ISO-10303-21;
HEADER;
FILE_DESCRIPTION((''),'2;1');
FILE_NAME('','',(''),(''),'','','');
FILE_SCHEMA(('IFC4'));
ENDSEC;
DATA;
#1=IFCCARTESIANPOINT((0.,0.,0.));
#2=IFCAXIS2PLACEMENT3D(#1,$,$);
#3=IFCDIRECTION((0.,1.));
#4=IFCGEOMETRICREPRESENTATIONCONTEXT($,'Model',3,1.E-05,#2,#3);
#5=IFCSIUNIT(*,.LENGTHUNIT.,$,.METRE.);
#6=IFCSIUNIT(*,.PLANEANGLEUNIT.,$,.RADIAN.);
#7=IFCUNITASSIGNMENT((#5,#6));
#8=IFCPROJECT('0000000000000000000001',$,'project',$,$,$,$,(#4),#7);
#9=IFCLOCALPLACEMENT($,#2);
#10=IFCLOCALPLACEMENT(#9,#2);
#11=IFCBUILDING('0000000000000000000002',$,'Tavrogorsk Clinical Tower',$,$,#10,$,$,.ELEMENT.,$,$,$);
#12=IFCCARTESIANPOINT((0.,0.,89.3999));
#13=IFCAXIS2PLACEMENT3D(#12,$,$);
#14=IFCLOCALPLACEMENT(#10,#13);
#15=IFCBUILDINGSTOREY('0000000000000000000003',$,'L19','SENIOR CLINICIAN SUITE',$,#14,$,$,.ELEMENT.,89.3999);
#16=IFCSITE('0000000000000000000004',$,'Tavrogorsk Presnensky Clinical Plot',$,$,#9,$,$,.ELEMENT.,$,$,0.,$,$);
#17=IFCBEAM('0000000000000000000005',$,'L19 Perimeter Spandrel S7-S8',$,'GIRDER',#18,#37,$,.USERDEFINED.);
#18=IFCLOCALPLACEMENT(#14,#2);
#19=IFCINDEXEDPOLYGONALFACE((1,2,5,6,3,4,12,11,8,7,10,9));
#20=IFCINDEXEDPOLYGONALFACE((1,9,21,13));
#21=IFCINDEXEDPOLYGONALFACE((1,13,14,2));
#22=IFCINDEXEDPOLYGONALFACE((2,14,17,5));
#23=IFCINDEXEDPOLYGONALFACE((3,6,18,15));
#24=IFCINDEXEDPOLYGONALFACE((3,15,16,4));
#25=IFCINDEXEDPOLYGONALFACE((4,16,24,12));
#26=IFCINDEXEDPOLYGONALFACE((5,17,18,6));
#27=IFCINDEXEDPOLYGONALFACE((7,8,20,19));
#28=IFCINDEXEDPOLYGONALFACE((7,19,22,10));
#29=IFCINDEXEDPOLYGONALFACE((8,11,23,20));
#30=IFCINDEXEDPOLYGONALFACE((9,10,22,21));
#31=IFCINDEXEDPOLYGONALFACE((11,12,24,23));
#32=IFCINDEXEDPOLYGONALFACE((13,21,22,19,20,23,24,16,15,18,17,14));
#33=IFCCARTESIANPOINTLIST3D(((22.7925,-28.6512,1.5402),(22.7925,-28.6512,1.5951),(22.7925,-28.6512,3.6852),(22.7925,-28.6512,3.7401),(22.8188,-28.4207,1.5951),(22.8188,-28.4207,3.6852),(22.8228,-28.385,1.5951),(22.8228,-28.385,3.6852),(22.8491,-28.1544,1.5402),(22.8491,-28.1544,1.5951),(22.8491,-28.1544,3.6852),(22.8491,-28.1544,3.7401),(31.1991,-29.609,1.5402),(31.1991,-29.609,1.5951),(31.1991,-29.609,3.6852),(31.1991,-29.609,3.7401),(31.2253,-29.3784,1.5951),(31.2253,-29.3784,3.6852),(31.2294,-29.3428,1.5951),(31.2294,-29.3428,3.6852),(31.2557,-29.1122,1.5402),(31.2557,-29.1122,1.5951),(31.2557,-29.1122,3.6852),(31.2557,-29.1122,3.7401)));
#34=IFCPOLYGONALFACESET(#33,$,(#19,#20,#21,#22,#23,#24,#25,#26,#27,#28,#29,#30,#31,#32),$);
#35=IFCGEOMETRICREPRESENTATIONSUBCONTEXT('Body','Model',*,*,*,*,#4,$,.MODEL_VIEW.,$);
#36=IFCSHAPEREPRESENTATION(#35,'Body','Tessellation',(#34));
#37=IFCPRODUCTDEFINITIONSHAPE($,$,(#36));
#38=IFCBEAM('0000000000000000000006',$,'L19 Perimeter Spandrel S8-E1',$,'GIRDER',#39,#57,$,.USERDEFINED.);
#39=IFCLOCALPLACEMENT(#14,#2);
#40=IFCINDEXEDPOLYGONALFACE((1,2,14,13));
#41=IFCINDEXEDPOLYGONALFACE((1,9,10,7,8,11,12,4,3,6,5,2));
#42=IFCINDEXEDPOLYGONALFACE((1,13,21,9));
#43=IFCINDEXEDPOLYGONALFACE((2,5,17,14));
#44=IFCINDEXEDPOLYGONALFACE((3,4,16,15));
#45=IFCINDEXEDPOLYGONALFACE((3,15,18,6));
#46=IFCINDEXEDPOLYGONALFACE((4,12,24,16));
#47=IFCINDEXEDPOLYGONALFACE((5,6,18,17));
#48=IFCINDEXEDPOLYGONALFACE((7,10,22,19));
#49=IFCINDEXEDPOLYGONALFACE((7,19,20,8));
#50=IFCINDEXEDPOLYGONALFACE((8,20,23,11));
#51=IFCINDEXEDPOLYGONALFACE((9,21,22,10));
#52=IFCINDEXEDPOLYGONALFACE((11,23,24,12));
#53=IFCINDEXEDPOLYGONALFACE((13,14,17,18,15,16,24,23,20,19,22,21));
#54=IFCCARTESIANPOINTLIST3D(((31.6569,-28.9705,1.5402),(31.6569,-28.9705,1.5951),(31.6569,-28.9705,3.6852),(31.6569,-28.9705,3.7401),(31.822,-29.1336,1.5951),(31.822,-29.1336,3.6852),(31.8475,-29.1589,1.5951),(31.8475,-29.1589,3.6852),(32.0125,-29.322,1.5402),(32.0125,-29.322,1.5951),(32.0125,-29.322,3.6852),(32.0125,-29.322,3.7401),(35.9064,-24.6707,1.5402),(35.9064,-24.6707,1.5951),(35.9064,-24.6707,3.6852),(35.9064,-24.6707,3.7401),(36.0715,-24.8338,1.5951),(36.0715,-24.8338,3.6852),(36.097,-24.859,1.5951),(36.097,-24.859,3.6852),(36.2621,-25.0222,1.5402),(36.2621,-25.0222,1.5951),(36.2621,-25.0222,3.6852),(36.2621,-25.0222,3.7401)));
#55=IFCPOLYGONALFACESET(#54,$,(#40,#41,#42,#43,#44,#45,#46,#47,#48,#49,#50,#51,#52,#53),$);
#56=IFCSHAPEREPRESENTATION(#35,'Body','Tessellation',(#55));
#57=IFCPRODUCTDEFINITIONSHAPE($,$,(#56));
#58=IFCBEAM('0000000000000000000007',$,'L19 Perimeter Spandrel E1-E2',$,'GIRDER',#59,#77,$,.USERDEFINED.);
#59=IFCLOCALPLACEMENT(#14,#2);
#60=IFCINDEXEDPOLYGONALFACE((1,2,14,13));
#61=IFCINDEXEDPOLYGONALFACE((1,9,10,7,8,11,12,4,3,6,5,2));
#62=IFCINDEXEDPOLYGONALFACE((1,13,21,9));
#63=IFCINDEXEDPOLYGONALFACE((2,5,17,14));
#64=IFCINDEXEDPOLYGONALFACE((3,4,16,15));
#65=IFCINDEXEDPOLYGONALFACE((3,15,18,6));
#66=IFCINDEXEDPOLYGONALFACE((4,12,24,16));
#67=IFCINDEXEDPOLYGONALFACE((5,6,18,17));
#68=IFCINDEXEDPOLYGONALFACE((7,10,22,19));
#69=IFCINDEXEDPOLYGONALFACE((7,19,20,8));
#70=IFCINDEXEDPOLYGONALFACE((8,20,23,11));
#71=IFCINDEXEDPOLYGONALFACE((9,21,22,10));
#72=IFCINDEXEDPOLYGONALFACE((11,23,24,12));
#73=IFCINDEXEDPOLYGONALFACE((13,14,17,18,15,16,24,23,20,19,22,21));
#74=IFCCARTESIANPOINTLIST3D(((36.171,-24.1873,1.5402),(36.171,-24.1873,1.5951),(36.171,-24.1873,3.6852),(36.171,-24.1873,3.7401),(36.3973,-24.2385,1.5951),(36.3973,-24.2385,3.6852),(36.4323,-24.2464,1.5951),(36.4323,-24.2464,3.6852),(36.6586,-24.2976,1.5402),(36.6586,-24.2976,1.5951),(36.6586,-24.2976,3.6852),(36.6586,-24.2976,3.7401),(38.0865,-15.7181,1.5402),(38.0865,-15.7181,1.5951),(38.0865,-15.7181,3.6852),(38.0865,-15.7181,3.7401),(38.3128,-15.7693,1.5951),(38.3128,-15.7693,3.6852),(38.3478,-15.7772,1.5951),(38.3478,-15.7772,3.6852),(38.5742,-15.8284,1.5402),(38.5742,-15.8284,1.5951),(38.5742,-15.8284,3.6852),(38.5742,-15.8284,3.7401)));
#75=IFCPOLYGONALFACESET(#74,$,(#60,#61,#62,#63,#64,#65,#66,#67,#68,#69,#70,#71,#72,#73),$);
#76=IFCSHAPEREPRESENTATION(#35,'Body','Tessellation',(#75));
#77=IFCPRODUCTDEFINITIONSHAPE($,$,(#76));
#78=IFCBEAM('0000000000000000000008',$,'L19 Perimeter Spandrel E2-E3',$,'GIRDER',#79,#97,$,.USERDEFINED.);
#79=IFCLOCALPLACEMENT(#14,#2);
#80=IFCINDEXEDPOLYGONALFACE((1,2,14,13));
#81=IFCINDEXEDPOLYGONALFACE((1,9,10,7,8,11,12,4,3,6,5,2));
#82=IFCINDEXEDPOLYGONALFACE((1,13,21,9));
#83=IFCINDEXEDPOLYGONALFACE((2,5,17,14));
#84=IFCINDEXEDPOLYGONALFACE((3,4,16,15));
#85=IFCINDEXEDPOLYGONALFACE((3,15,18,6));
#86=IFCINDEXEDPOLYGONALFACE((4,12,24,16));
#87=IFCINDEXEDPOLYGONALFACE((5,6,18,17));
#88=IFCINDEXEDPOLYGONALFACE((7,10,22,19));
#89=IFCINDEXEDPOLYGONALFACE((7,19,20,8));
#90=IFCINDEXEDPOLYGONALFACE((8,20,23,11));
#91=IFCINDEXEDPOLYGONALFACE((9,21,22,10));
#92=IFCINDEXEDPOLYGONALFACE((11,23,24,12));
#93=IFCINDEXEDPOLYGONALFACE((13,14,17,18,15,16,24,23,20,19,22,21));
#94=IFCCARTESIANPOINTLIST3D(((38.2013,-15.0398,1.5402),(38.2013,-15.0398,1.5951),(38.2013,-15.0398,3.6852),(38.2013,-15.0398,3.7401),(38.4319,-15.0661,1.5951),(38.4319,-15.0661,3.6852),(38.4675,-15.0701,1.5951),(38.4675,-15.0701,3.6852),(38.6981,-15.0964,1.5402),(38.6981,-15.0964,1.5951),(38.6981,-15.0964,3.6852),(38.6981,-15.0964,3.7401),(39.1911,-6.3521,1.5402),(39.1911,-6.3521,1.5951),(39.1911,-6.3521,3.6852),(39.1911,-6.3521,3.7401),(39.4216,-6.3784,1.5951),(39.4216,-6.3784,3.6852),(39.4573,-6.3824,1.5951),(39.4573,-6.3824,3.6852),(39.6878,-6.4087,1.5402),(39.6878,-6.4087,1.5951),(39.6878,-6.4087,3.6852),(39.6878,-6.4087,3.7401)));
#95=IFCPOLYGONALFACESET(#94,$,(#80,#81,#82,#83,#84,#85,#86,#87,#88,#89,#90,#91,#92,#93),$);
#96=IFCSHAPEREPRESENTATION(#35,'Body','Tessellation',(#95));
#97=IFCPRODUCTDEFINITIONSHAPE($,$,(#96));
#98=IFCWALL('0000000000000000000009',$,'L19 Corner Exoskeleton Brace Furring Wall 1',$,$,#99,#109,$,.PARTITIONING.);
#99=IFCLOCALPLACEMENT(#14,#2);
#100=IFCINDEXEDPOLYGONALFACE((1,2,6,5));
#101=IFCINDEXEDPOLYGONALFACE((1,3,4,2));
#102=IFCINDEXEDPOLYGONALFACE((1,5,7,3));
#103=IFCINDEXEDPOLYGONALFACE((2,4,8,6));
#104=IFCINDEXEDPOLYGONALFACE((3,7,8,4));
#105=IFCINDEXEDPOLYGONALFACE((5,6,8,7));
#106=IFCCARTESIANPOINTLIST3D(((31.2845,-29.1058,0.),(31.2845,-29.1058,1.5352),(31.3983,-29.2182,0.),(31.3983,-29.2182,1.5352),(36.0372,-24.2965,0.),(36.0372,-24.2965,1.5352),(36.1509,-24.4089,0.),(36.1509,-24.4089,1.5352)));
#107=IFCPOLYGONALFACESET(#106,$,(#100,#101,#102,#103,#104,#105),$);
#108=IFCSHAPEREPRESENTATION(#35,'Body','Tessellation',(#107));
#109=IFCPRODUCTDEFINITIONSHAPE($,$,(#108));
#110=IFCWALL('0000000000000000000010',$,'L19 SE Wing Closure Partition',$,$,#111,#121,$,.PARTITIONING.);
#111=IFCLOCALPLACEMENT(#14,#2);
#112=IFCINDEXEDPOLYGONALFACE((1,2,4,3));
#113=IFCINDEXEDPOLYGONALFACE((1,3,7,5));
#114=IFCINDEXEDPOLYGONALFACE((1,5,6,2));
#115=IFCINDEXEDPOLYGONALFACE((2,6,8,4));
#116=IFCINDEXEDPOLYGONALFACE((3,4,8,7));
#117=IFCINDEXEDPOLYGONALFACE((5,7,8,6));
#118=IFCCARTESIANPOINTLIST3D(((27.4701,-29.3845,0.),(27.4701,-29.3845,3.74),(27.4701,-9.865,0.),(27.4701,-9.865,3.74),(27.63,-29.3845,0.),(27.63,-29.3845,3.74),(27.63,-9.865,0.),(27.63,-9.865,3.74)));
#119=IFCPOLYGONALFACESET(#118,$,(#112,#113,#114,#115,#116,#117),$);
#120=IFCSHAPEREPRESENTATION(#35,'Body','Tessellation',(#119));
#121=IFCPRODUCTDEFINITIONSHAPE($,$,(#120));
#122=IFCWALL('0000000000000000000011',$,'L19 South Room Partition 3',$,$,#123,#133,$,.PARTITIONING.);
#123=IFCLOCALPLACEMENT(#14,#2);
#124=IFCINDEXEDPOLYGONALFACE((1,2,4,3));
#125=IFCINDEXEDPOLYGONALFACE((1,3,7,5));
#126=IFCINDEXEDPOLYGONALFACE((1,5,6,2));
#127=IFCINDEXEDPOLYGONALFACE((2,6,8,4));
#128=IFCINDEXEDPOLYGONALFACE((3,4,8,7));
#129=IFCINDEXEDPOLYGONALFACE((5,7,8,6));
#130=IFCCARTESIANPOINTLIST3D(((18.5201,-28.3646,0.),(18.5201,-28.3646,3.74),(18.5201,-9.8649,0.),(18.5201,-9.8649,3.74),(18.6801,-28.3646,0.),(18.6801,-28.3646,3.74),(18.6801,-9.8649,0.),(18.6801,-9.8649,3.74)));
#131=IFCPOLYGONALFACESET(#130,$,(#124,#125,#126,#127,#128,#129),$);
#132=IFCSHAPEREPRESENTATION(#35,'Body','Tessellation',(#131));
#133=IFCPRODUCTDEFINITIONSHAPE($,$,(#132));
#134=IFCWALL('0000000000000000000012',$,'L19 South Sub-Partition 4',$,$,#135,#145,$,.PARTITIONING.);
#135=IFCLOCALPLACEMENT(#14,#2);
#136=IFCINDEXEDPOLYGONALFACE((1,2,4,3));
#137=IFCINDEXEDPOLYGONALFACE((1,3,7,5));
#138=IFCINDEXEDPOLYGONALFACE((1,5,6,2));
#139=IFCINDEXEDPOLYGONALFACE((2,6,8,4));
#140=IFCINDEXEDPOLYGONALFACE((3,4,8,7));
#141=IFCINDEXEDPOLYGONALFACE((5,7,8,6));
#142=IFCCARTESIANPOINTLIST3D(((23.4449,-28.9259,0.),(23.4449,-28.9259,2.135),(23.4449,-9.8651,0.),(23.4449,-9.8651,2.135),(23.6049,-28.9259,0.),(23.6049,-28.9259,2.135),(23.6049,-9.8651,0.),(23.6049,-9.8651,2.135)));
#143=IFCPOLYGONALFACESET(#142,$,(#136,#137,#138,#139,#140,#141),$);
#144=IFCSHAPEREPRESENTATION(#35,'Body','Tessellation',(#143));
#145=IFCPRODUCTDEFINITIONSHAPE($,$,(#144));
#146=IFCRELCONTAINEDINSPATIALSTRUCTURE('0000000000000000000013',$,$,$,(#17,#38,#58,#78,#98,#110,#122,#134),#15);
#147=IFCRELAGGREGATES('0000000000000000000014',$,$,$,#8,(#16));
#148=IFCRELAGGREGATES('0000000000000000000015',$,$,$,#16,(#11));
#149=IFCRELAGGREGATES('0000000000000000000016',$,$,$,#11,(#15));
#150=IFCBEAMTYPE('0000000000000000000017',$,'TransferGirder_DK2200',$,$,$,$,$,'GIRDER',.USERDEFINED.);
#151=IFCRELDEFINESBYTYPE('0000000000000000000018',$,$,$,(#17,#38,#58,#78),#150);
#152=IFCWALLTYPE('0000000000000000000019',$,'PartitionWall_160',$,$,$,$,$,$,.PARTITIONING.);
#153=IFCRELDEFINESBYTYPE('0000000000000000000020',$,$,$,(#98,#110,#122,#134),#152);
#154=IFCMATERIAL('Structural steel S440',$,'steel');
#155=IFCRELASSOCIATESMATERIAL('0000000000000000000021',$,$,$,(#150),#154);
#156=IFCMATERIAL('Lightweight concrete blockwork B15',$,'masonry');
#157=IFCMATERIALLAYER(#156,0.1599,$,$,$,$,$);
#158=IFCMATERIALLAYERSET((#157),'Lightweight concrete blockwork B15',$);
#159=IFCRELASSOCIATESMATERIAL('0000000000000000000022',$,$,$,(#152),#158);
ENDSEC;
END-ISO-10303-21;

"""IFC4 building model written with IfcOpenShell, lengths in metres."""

from ifc_helpers import new_model, si_unit, direction, frame, frame_2d, origin, origin_2d, place, context, subcontext, project, spatial, rectangle, i_section, extrude, material, layer, layer_set, material_profile, profile_set, type_object, element, save


model = new_model("IFC4")

# Units and contexts
model_context = context("Model", 3, precision=1e-05, world=origin(), true_north=direction((0.0, 1.0)))
body_context = subcontext(model_context, "Body", "Model", "MODEL_VIEW")
ifc_project = project(units=[si_unit("LENGTHUNIT", "METRE"), si_unit("PLANEANGLEUNIT", "RADIAN")], contexts=[model_context])

# Site, building, storey
site_placement = place(None, origin())
site = spatial("IfcSite", under=ifc_project, at=site_placement, Name="Tavrogorsk Presnensky Clinical Plot", CompositionType="ELEMENT", RefElevation=0.0)
building_placement = place(site_placement, origin())
building = spatial("IfcBuilding", under=site, at=building_placement, Name="Tavrogorsk Clinical Tower", CompositionType="ELEMENT")
storey_placement = place(building_placement, frame((0.0, 0.0, 89.3999)))
storey = spatial("IfcBuildingStorey", under=building, at=storey_placement, Name="L19", Description="SENIOR CLINICIAN SUITE", CompositionType="ELEMENT", Elevation=89.3999)

# Beams
ifc_material_1 = material(Name="Structural steel S440", Category="steel")
ifc_material_profile_1 = material_profile(ifc_material_1, i_section(OverallWidth=0.5, OverallDepth=2.2, WebThickness=0.0359, FlangeThickness=0.0549, at=origin_2d()), Name="DK-2200x500x36x55")
ifc_profile_set_1 = profile_set([ifc_material_profile_1], Name="Structural steel S440")
beam_type_1 = type_object("IfcBeamType", Name="TransferGirder_DK2200", ElementType="GIRDER", PredefinedType="USERDEFINED", material=ifc_profile_set_1)
beam_1_placement = place(storey_placement, frame((22.8208, -28.4028, 2.6401), z_axis=(0.993572, -0.113199, 0.0), x_axis=(0.113199, 0.993572, 0.0)))
element("IfcBeam", 1, at=beam_1_placement, inside=storey, type_object=beam_type_1, Name="L19 Perimeter Spandrel S7-S8", ObjectType="GIRDER", PredefinedType="USERDEFINED", context=body_context, shape_type="SweptSolid", body=[
    extrude(i_section(OverallWidth=0.5, OverallDepth=2.2, WebThickness=0.0359, FlangeThickness=0.0549, at=origin_2d()), origin(), (0.0, 0.0, 1.0), 8.4609),
])
beam_2_placement = place(storey_placement, frame((31.8347, -29.1462, 2.6401), z_axis=(0.702935, 0.711254, 0.0), x_axis=(-0.711254, 0.702935, 0.0)))
element("IfcBeam", 2, at=beam_2_placement, inside=storey, type_object=beam_type_1, Name="L19 Perimeter Spandrel S8-E1", ObjectType="GIRDER", PredefinedType="USERDEFINED", context=body_context, shape_type="SweptSolid", body=[
    extrude(i_section(OverallWidth=0.5, OverallDepth=2.2, WebThickness=0.0359, FlangeThickness=0.0549, at=origin_2d()), origin(), (0.0, 0.0, 1.0), 6.0454),
])
beam_3_placement = place(storey_placement, frame((36.4148, -24.2424, 2.6401), z_axis=(0.220603, 0.975364, 0.0), x_axis=(-0.975364, 0.220603, 0.0)))
element("IfcBeam", 3, at=beam_3_placement, inside=storey, type_object=beam_type_1, Name="L19 Perimeter Spandrel E1-E2", ObjectType="GIRDER", PredefinedType="USERDEFINED", context=body_context, shape_type="SweptSolid", body=[
    extrude(i_section(OverallWidth=0.5, OverallDepth=2.2, WebThickness=0.0359, FlangeThickness=0.0549, at=origin_2d()), origin(), (0.0, 0.0, 1.0), 8.6831),
])
beam_4_placement = place(storey_placement, frame((38.4497, -15.0681, 2.6401), z_axis=(0.113192, 0.993573, 0.0), x_axis=(-0.993573, 0.113192, 0.0)))
element("IfcBeam", 4, at=beam_4_placement, inside=storey, type_object=beam_type_1, Name="L19 Perimeter Spandrel E2-E3", ObjectType="GIRDER", PredefinedType="USERDEFINED", context=body_context, shape_type="SweptSolid", body=[
    extrude(i_section(OverallWidth=0.5, OverallDepth=2.2, WebThickness=0.0359, FlangeThickness=0.0549, at=origin_2d()), origin(), (0.0, 0.0, 1.0), 8.7439),
])

# Walls
ifc_material_2 = material(Name="Lightweight concrete blockwork B15", Category="masonry")
ifc_layer_1 = layer(ifc_material_2, 0.1599)
ifc_layer_set_1 = layer_set([ifc_layer_1], Name="Lightweight concrete blockwork B15")
wall_type_1 = type_object("IfcWallType", Name="PartitionWall_160", PredefinedType="PARTITIONING", material=ifc_layer_set_1)
wall_1_placement = place(storey_placement, frame((31.3413, -29.1621, 0.0), z_axis=(0.0, 0.0, 1.0), x_axis=(0.702906, 0.711283, 0.0)))
element("IfcWall", 5, at=wall_1_placement, inside=storey, type_object=wall_type_1, Name="L19 Corner Exoskeleton Brace Furring Wall 1", PredefinedType="PARTITIONING", context=body_context, shape_type="SweptSolid", body=[
    extrude(rectangle(XDim=6.7615, YDim=0.1599, at=frame_2d((3.3809, 0.0))), origin(), (0.0, 0.0, 1.0), 1.5352),
])
wall_2_placement = place(storey_placement, frame((27.55, -29.3845, 0.0), z_axis=(0.0, 0.0, 1.0), x_axis=(0.0, 1.0, 0.0)))
element("IfcWall", 6, at=wall_2_placement, inside=storey, type_object=wall_type_1, Name="L19 SE Wing Closure Partition", PredefinedType="PARTITIONING", context=body_context, shape_type="SweptSolid", body=[
    extrude(rectangle(XDim=19.5195, YDim=0.1599, at=frame_2d((9.7598, 0.0))), origin(), (0.0, 0.0, 1.0), 3.74),
])
wall_3_placement = place(storey_placement, frame((18.6001, -28.3647, 0.0), z_axis=(0.0, 0.0, 1.0), x_axis=(0.0, 1.0, 0.0)))
element("IfcWall", 7, at=wall_3_placement, inside=storey, type_object=wall_type_1, Name="L19 South Room Partition 3", PredefinedType="PARTITIONING", context=body_context, shape_type="SweptSolid", body=[
    extrude(rectangle(XDim=18.4998, YDim=0.1599, at=frame_2d((9.25, 0.0))), origin(), (0.0, 0.0, 1.0), 3.74),
])
wall_4_placement = place(storey_placement, frame((23.5249, -28.9258, 0.0), z_axis=(0.0, 0.0, 1.0), x_axis=(0.0, 1.0, 0.0)))
element("IfcWall", 8, at=wall_4_placement, inside=storey, type_object=wall_type_1, Name="L19 South Sub-Partition 4", PredefinedType="PARTITIONING", context=body_context, shape_type="SweptSolid", body=[
    extrude(rectangle(XDim=19.0608, YDim=0.1599, at=frame_2d((9.5303, 0.0))), origin(), (0.0, 0.0, 1.0), 2.135),
])

save(model, "model.ifc")
